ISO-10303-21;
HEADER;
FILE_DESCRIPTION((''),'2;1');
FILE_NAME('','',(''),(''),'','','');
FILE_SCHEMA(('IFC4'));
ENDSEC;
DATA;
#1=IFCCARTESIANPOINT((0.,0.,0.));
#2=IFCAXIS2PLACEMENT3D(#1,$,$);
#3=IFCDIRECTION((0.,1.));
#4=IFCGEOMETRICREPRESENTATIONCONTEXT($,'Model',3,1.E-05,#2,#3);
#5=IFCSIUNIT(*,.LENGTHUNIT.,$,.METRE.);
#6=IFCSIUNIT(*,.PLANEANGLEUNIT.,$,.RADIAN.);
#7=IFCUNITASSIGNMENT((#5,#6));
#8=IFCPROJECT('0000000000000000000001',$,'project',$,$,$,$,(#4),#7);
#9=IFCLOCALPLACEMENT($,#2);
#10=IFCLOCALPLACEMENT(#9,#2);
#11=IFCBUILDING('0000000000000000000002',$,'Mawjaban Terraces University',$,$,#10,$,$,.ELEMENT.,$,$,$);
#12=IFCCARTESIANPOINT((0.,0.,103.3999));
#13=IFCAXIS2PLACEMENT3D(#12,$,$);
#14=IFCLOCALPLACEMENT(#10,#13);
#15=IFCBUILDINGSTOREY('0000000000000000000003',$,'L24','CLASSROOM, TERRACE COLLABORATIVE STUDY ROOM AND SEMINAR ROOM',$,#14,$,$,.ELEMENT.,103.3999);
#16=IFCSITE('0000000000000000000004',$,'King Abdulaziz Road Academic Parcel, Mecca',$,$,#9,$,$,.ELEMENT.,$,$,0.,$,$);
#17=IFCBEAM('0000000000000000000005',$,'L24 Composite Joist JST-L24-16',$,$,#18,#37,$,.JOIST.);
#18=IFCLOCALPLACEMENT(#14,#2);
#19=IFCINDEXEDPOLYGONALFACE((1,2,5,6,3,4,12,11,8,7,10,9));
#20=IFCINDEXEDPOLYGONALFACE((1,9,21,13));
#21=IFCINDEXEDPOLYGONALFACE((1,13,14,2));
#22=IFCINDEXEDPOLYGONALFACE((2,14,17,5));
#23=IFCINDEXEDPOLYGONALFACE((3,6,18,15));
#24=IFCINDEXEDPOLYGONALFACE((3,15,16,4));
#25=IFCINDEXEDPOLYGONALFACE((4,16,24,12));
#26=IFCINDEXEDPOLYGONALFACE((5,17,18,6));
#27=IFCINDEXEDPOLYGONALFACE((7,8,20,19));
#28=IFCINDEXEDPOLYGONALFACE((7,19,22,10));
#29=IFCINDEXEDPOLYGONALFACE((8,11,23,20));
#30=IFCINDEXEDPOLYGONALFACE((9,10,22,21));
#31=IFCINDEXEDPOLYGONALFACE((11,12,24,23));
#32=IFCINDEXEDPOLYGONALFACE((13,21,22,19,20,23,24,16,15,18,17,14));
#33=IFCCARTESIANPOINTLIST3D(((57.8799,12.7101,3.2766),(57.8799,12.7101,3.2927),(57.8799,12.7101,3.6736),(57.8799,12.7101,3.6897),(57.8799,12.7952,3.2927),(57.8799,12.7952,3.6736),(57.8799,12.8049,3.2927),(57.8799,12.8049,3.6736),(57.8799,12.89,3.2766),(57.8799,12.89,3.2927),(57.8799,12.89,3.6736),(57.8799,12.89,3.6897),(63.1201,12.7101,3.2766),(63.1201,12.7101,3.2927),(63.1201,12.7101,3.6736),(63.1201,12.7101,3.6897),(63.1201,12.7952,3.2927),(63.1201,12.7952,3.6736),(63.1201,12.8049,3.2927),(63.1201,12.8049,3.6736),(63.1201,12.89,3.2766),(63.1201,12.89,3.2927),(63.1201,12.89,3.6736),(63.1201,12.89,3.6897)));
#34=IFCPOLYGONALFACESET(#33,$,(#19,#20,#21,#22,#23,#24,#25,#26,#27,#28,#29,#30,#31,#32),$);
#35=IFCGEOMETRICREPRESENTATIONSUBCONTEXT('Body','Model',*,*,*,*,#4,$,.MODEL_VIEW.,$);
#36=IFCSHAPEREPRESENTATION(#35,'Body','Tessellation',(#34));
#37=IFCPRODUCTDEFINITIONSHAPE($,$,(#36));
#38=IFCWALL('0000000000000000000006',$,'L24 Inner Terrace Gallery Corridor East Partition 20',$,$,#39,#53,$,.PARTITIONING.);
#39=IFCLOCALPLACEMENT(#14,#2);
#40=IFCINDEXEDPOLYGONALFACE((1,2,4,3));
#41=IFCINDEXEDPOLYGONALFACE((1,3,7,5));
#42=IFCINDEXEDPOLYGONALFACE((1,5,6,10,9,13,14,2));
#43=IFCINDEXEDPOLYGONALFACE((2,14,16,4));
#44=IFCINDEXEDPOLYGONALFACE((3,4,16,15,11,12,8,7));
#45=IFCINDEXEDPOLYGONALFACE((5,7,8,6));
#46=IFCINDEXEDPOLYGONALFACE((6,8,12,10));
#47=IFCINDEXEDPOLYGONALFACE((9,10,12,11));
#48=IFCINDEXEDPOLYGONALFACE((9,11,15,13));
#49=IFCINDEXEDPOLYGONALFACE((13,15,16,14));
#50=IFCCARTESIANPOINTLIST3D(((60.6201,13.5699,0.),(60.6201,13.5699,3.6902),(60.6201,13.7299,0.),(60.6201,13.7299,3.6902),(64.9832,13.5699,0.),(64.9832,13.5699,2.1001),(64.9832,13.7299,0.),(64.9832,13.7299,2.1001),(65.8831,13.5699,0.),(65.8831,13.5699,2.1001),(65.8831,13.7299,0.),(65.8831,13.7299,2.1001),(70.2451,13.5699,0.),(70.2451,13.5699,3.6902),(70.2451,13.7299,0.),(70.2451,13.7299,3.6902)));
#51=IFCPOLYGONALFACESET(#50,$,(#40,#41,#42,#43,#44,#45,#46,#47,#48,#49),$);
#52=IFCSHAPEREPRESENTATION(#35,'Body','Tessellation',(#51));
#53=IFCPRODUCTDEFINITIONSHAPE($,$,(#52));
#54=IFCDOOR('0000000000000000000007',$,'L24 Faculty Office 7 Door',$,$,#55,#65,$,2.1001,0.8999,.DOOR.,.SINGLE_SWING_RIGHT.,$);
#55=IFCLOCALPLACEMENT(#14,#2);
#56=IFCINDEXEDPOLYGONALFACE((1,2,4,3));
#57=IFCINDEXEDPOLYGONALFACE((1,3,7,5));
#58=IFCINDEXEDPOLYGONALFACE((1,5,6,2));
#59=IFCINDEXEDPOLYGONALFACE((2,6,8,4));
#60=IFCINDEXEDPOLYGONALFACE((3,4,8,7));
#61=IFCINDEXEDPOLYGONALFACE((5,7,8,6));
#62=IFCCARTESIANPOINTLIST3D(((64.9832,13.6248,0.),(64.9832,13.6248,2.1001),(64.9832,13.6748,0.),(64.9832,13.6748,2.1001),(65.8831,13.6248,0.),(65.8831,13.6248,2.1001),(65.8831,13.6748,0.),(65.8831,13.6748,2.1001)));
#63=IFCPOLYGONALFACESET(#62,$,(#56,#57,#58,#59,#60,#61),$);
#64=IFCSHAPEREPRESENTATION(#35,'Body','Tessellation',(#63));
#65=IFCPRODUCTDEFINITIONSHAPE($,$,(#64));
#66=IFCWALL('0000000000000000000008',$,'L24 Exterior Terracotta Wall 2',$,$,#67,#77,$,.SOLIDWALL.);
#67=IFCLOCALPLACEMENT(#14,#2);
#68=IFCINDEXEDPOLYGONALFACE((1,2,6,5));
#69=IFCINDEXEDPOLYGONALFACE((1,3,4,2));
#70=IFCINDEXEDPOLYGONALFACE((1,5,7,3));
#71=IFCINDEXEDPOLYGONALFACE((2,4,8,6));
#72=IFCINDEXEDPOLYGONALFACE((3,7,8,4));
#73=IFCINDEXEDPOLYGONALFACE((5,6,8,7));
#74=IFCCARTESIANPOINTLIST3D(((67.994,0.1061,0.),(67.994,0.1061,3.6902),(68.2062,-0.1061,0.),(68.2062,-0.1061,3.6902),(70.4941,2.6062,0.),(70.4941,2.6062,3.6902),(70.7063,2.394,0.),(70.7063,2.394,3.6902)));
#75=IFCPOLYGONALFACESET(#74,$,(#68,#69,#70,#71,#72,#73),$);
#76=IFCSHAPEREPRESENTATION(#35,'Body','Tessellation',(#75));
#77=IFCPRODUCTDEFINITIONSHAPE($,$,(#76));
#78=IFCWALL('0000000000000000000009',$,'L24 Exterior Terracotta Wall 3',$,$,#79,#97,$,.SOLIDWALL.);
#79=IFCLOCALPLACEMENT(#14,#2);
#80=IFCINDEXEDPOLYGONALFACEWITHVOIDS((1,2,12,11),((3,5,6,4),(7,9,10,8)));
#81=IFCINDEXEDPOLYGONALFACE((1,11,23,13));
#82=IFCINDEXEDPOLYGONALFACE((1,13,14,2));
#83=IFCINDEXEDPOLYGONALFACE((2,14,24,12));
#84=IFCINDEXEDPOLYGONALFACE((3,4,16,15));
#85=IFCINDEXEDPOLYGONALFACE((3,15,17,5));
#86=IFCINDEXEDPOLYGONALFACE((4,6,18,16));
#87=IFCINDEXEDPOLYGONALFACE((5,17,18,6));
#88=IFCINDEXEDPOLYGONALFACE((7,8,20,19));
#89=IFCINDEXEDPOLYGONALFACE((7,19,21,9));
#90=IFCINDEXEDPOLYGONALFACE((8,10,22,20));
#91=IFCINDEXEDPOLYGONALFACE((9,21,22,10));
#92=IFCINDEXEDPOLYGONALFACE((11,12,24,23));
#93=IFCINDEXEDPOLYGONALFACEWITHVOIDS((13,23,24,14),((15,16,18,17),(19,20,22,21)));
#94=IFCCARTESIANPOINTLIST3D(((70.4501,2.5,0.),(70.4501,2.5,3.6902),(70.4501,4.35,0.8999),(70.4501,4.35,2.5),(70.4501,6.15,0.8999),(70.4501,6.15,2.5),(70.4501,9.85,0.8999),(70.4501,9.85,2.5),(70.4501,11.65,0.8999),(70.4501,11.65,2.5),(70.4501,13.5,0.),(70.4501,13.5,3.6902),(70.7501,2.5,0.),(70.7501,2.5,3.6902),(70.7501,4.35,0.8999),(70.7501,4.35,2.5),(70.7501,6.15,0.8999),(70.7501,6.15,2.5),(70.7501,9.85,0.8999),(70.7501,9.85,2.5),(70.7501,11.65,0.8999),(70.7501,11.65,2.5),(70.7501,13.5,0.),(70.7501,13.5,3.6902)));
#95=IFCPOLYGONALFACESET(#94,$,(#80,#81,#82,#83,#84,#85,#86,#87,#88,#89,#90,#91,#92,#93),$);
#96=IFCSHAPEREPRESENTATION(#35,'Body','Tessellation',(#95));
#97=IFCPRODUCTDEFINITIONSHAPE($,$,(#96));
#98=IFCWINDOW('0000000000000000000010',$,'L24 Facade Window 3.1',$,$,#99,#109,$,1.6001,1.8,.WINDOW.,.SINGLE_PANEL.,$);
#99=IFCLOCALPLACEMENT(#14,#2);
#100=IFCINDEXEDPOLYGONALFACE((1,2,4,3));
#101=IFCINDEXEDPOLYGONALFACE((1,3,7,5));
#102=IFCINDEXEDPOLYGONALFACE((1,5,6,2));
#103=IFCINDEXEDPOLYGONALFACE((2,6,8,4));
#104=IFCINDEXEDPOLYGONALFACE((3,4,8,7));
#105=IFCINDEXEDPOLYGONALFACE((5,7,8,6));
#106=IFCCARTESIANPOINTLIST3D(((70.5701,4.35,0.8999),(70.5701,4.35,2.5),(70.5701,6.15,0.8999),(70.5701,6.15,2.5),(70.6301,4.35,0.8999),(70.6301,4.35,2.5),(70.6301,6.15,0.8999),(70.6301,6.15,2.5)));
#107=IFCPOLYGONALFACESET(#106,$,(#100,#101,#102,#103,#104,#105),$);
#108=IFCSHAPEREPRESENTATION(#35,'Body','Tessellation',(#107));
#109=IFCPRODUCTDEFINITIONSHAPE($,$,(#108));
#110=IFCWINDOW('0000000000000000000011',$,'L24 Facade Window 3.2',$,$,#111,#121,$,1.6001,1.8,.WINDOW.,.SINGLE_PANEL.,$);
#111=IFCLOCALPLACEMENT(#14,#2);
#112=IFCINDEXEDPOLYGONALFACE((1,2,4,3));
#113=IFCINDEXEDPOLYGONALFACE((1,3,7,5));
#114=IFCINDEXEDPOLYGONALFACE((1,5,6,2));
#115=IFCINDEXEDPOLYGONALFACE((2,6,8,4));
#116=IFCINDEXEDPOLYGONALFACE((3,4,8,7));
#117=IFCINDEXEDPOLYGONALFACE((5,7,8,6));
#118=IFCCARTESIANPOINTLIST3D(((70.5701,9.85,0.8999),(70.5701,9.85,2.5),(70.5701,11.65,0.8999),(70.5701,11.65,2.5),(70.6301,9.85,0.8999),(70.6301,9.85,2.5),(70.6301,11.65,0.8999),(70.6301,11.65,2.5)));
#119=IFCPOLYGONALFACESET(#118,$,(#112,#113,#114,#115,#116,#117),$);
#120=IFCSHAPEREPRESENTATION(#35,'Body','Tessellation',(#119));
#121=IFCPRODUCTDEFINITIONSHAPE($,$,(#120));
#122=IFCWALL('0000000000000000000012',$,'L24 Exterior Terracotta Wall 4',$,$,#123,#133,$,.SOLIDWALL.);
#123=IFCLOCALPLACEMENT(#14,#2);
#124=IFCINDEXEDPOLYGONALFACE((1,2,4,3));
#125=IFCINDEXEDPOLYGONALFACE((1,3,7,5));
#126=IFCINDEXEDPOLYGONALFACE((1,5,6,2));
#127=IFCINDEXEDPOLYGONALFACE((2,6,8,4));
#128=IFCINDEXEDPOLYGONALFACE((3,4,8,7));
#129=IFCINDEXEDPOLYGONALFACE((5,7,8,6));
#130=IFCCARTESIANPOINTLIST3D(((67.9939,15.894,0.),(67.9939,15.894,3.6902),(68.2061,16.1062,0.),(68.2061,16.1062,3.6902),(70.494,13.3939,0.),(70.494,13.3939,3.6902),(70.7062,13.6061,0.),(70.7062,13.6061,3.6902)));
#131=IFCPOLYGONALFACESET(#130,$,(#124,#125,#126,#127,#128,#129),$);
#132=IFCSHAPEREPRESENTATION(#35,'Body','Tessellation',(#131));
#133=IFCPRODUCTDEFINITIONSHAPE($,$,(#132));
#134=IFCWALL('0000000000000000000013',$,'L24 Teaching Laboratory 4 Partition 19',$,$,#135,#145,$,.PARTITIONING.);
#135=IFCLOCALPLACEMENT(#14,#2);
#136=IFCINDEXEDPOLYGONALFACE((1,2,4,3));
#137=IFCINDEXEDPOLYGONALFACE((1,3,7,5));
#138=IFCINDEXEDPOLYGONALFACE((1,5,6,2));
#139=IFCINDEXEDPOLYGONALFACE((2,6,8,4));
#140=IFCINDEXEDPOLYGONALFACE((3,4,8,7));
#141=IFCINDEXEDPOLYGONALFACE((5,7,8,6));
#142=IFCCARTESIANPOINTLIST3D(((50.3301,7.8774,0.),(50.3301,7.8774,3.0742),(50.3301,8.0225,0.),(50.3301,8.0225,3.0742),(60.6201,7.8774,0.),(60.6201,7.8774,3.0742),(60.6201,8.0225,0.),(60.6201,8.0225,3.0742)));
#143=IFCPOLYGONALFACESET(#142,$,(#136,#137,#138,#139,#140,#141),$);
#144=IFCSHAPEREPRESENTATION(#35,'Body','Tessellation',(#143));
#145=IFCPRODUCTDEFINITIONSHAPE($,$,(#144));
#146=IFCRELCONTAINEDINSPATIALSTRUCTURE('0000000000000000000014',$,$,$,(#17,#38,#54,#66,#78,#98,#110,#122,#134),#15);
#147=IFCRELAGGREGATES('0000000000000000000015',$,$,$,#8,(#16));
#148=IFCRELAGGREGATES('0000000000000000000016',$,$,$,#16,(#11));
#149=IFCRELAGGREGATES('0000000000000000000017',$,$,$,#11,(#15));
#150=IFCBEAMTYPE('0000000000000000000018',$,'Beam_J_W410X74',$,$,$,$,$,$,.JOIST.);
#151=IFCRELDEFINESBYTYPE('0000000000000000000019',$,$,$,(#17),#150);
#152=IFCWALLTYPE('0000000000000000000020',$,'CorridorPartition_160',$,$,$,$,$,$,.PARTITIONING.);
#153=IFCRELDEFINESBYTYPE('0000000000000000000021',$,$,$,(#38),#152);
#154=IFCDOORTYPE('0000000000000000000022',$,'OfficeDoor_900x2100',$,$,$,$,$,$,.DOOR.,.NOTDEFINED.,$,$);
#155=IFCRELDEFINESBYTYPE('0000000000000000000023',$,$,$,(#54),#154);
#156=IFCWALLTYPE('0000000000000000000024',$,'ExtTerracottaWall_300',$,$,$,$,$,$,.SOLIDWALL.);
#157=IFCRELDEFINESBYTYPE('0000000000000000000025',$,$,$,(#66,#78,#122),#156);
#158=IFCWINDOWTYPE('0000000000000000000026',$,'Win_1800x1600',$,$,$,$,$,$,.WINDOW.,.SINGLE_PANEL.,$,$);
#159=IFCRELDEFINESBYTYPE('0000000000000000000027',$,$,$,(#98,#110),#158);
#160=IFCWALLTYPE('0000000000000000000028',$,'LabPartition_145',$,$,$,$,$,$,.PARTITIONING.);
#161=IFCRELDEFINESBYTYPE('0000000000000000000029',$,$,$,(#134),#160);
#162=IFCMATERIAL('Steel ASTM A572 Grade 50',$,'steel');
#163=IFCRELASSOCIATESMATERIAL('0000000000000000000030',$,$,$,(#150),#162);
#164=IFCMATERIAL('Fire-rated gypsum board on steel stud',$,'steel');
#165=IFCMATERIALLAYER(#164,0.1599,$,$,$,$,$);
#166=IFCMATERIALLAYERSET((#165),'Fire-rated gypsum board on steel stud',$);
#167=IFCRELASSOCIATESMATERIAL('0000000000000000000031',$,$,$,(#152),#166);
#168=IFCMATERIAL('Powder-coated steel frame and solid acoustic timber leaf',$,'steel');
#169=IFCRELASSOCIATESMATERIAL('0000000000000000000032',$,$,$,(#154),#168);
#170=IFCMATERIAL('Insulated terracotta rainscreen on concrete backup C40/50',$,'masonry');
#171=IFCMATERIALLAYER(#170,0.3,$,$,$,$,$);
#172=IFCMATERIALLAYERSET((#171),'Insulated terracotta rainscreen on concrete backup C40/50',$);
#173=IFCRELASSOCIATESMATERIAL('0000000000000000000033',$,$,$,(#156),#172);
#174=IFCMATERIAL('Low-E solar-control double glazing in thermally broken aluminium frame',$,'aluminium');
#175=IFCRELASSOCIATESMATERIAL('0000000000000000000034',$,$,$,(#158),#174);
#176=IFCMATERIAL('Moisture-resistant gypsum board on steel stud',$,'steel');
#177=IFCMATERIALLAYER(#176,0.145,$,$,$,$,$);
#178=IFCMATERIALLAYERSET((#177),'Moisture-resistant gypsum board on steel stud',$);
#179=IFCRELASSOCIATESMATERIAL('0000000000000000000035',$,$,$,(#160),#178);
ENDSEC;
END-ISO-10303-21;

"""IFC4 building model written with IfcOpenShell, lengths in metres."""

from ifc_helpers import new_model, si_unit, direction, frame, frame_2d, origin, origin_2d, place, context, subcontext, project, spatial, rectangle, i_section, extrude, material, layer, layer_set, material_profile, profile_set, type_object, element, fill, save


model = new_model("IFC4")

# Units and contexts
model_context = context("Model", 3, precision=1e-05, world=origin(), true_north=direction((0.0, 1.0)))
body_context = subcontext(model_context, "Body", "Model", "MODEL_VIEW")
ifc_project = project(units=[si_unit("LENGTHUNIT", "METRE"), si_unit("PLANEANGLEUNIT", "RADIAN")], contexts=[model_context])

# Site, building, storey
site_placement = place(None, origin())
site = spatial("IfcSite", under=ifc_project, at=site_placement, Name="King Abdulaziz Road Academic Parcel, Mecca", CompositionType="ELEMENT", RefElevation=0.0)
building_placement = place(site_placement, origin())
building = spatial("IfcBuilding", under=site, at=building_placement, Name="Mawjaban Terraces University", CompositionType="ELEMENT")
storey_placement = place(building_placement, frame((0.0, 0.0, 103.3999)))
storey = spatial("IfcBuildingStorey", under=building, at=storey_placement, Name="L24", Description="CLASSROOM, TERRACE COLLABORATIVE STUDY ROOM AND SEMINAR ROOM", CompositionType="ELEMENT", Elevation=103.3999)

# Beam
ifc_material_1 = material(Name="Steel ASTM A572 Grade 50", Category="steel")
ifc_material_profile_1 = material_profile(ifc_material_1, i_section(OverallWidth=0.1799, OverallDepth=0.4131, WebThickness=0.0098, FlangeThickness=0.0161, at=origin_2d()), Name="W410X74")
ifc_profile_set_1 = profile_set([ifc_material_profile_1], Name="Steel ASTM A572 Grade 50")
beam_type_1 = type_object("IfcBeamType", Name="Beam_J_W410X74", PredefinedType="JOIST", material=ifc_profile_set_1)
for number, where, z_axis, x_axis, name in (
    (1, (57.8799, 12.8, 3.4832), (1.0, 0.0, 0.0), (0.0, 1.0, 0.0), "L24 Composite Joist JST-L24-16"),
):
    element("IfcBeam", number, at=place(storey_placement, frame(where, z_axis=z_axis, x_axis=x_axis)), inside=storey, type_object=beam_type_1, Name=name, PredefinedType="JOIST", context=body_context, shape_type="SweptSolid", body=[
        extrude(i_section(OverallWidth=0.1799, OverallDepth=0.4131, WebThickness=0.0098, FlangeThickness=0.0161, at=origin_2d()), origin(), (0.0, 0.0, 1.0), 5.2402),
    ])

# Wall, opening, door
ifc_material_2 = material(Name="Fire-rated gypsum board on steel stud", Category="steel")
ifc_layer_1 = layer(ifc_material_2, 0.1599)
ifc_layer_set_1 = layer_set([ifc_layer_1], Name="Fire-rated gypsum board on steel stud")
wall_type_1 = type_object("IfcWallType", Name="CorridorPartition_160", PredefinedType="PARTITIONING", material=ifc_layer_set_1)
wall_1_placement = place(storey_placement, frame((60.6201, 13.6499, 0.0), z_axis=(0.0, 0.0, 1.0), x_axis=(1.0, 0.0, 0.0)))
wall_1 = element("IfcWall", 2, at=wall_1_placement, inside=storey, type_object=wall_type_1, Name="L24 Inner Terrace Gallery Corridor East Partition 20", PredefinedType="PARTITIONING", context=body_context, shape_type="SweptSolid", body=[
    extrude(rectangle(XDim=9.625, YDim=0.1599, at=frame_2d((4.8125, 0.0))), origin(), (0.0, 0.0, 1.0), 3.6902),
])
opening_1_placement = place(wall_1_placement, frame((4.363, 0.0, 0.0)))
opening_1 = element("IfcOpeningElement", 3, at=opening_1_placement, cuts=wall_1, PredefinedType="OPENING", context=body_context, shape_type="SweptSolid", body=[
    extrude(rectangle(XDim=0.8999, YDim=2.1001, at=frame_2d((0.45, 1.05))), frame((0.0, 0.0898, 0.0), z_axis=(0.0, -1.0, 0.0), x_axis=(1.0, 0.0, 0.0)), (0.0, 0.0, 1.0), 0.1799),
])
ifc_material_3 = material(Name="Powder-coated steel frame and solid acoustic timber leaf", Category="steel")
door_type_1 = type_object("IfcDoorType", Name="OfficeDoor_900x2100", OperationType="NOTDEFINED", PredefinedType="DOOR", material=ifc_material_3)
door_1_placement = place(opening_1_placement, origin())
door_1 = element("IfcDoor", 4, at=door_1_placement, inside=storey, type_object=door_type_1, Name="L24 Faculty Office 7 Door", OperationType="SINGLE_SWING_RIGHT", OverallHeight=2.1001, OverallWidth=0.8999, PredefinedType="DOOR", context=body_context, shape_type="SweptSolid", body=[
    extrude(rectangle(XDim=0.8999, YDim=2.1001, at=frame_2d((0.45, 1.05))), frame((0.0, 0.0249, 0.0), z_axis=(0.0, -1.0, 0.0), x_axis=(1.0, 0.0, 0.0)), (0.0, 0.0, 1.0), 0.05),
])
fill(opening_1, door_1)

# Wall
ifc_material_4 = material(Name="Insulated terracotta rainscreen on concrete backup C40/50", Category="masonry")
ifc_layer_2 = layer(ifc_material_4, 0.3)
ifc_layer_set_2 = layer_set([ifc_layer_2], Name="Insulated terracotta rainscreen on concrete backup C40/50")
wall_type_2 = type_object("IfcWallType", Name="ExtTerracottaWall_300", PredefinedType="SOLIDWALL", material=ifc_layer_set_2)
wall_2_placement = place(storey_placement, frame((68.1001, 0.0, 0.0), z_axis=(0.0, 0.0, 1.0), x_axis=(0.707107, 0.707107, 0.0)))
element("IfcWall", 5, at=wall_2_placement, inside=storey, type_object=wall_type_2, Name="L24 Exterior Terracotta Wall 2", PredefinedType="SOLIDWALL", context=body_context, shape_type="SweptSolid", body=[
    extrude(rectangle(XDim=3.5356, YDim=0.3, at=frame_2d((1.7678, 0.0))), origin(), (0.0, 0.0, 1.0), 3.6902),
])

# Wall, openings, windows
wall_3_placement = place(storey_placement, frame((70.6001, 2.5, 0.0), z_axis=(0.0, 0.0, 1.0), x_axis=(0.0, 1.0, 0.0)))
wall_3 = element("IfcWall", 6, at=wall_3_placement, inside=storey, type_object=wall_type_2, Name="L24 Exterior Terracotta Wall 3", PredefinedType="SOLIDWALL", context=body_context, shape_type="SweptSolid", body=[
    extrude(rectangle(XDim=11.0, YDim=0.3, at=frame_2d((5.5, 0.0))), origin(), (0.0, 0.0, 1.0), 3.6902),
])
opening_2_placement = place(wall_3_placement, frame((1.8501, 0.0, 0.8999)))
opening_2 = element("IfcOpeningElement", 7, at=opening_2_placement, cuts=wall_3, PredefinedType="OPENING", context=body_context, shape_type="SweptSolid", body=[
    extrude(rectangle(XDim=1.8, YDim=1.6001, at=frame_2d((0.8999, 0.8))), frame((0.0, 0.1599, 0.0), z_axis=(0.0, -1.0, 0.0), x_axis=(1.0, 0.0, 0.0)), (0.0, 0.0, 1.0), 0.3201),
])
opening_3_placement = place(wall_3_placement, frame((7.3501, 0.0, 0.8999)))
opening_3 = element("IfcOpeningElement", 8, at=opening_3_placement, cuts=wall_3, PredefinedType="OPENING", context=body_context, shape_type="SweptSolid", body=[
    extrude(rectangle(XDim=1.8, YDim=1.6001, at=frame_2d((0.8999, 0.8))), frame((0.0, 0.1599, 0.0), z_axis=(0.0, -1.0, 0.0), x_axis=(1.0, 0.0, 0.0)), (0.0, 0.0, 1.0), 0.3201),
])
ifc_material_5 = material(Name="Low-E solar-control double glazing in thermally broken aluminium frame", Category="aluminium")
window_type = type_object("IfcWindowType", Name="Win_1800x1600", PartitioningType="SINGLE_PANEL", PredefinedType="WINDOW", material=ifc_material_5)
window_1_placement = place(opening_2_placement, origin())
window_1 = element("IfcWindow", 9, at=window_1_placement, inside=storey, type_object=window_type, Name="L24 Facade Window 3.1", OverallHeight=1.6001, OverallWidth=1.8, PartitioningType="SINGLE_PANEL", PredefinedType="WINDOW", context=body_context, shape_type="SweptSolid", body=[
    extrude(rectangle(XDim=1.8, YDim=1.6001, at=frame_2d((0.8999, 0.8))), frame((0.0, 0.03, 0.0), z_axis=(0.0, -1.0, 0.0), x_axis=(1.0, 0.0, 0.0)), (0.0, 0.0, 1.0), 0.0601),
])
fill(opening_2, window_1)
window_2_placement = place(opening_3_placement, origin())
window_2 = element("IfcWindow", 10, at=window_2_placement, inside=storey, type_object=window_type, Name="L24 Facade Window 3.2", OverallHeight=1.6001, OverallWidth=1.8, PartitioningType="SINGLE_PANEL", PredefinedType="WINDOW", context=body_context, shape_type="SweptSolid", body=[
    extrude(rectangle(XDim=1.8, YDim=1.6001, at=frame_2d((0.8999, 0.8))), frame((0.0, 0.03, 0.0), z_axis=(0.0, -1.0, 0.0), x_axis=(1.0, 0.0, 0.0)), (0.0, 0.0, 1.0), 0.0601),
])
fill(opening_3, window_2)

# Walls
wall_4_placement = place(storey_placement, frame((70.6001, 13.5, 0.0), z_axis=(0.0, 0.0, 1.0), x_axis=(-0.707107, 0.707107, 0.0)))
element("IfcWall", 11, at=wall_4_placement, inside=storey, type_object=wall_type_2, Name="L24 Exterior Terracotta Wall 4", PredefinedType="SOLIDWALL", context=body_context, shape_type="SweptSolid", body=[
    extrude(rectangle(XDim=3.5356, YDim=0.3, at=frame_2d((1.7678, 0.0))), origin(), (0.0, 0.0, 1.0), 3.6902),
])
ifc_material_6 = material(Name="Moisture-resistant gypsum board on steel stud", Category="steel")
ifc_layer_3 = layer(ifc_material_6, 0.145)
ifc_layer_set_3 = layer_set([ifc_layer_3], Name="Moisture-resistant gypsum board on steel stud")
wall_type_3 = type_object("IfcWallType", Name="LabPartition_145", PredefinedType="PARTITIONING", material=ifc_layer_set_3)
wall_5_placement = place(storey_placement, frame((60.6201, 7.95, 0.0), z_axis=(0.0, 0.0, 1.0), x_axis=(-1.0, 0.0, 0.0)))
element("IfcWall", 12, at=wall_5_placement, inside=storey, type_object=wall_type_3, Name="L24 Teaching Laboratory 4 Partition 19", PredefinedType="PARTITIONING", context=body_context, shape_type="SweptSolid", body=[
    extrude(rectangle(XDim=10.29, YDim=0.145, at=frame_2d((5.145, 0.0))), origin(), (0.0, 0.0, 1.0), 3.0742),
])

save(model, "model.ifc")
